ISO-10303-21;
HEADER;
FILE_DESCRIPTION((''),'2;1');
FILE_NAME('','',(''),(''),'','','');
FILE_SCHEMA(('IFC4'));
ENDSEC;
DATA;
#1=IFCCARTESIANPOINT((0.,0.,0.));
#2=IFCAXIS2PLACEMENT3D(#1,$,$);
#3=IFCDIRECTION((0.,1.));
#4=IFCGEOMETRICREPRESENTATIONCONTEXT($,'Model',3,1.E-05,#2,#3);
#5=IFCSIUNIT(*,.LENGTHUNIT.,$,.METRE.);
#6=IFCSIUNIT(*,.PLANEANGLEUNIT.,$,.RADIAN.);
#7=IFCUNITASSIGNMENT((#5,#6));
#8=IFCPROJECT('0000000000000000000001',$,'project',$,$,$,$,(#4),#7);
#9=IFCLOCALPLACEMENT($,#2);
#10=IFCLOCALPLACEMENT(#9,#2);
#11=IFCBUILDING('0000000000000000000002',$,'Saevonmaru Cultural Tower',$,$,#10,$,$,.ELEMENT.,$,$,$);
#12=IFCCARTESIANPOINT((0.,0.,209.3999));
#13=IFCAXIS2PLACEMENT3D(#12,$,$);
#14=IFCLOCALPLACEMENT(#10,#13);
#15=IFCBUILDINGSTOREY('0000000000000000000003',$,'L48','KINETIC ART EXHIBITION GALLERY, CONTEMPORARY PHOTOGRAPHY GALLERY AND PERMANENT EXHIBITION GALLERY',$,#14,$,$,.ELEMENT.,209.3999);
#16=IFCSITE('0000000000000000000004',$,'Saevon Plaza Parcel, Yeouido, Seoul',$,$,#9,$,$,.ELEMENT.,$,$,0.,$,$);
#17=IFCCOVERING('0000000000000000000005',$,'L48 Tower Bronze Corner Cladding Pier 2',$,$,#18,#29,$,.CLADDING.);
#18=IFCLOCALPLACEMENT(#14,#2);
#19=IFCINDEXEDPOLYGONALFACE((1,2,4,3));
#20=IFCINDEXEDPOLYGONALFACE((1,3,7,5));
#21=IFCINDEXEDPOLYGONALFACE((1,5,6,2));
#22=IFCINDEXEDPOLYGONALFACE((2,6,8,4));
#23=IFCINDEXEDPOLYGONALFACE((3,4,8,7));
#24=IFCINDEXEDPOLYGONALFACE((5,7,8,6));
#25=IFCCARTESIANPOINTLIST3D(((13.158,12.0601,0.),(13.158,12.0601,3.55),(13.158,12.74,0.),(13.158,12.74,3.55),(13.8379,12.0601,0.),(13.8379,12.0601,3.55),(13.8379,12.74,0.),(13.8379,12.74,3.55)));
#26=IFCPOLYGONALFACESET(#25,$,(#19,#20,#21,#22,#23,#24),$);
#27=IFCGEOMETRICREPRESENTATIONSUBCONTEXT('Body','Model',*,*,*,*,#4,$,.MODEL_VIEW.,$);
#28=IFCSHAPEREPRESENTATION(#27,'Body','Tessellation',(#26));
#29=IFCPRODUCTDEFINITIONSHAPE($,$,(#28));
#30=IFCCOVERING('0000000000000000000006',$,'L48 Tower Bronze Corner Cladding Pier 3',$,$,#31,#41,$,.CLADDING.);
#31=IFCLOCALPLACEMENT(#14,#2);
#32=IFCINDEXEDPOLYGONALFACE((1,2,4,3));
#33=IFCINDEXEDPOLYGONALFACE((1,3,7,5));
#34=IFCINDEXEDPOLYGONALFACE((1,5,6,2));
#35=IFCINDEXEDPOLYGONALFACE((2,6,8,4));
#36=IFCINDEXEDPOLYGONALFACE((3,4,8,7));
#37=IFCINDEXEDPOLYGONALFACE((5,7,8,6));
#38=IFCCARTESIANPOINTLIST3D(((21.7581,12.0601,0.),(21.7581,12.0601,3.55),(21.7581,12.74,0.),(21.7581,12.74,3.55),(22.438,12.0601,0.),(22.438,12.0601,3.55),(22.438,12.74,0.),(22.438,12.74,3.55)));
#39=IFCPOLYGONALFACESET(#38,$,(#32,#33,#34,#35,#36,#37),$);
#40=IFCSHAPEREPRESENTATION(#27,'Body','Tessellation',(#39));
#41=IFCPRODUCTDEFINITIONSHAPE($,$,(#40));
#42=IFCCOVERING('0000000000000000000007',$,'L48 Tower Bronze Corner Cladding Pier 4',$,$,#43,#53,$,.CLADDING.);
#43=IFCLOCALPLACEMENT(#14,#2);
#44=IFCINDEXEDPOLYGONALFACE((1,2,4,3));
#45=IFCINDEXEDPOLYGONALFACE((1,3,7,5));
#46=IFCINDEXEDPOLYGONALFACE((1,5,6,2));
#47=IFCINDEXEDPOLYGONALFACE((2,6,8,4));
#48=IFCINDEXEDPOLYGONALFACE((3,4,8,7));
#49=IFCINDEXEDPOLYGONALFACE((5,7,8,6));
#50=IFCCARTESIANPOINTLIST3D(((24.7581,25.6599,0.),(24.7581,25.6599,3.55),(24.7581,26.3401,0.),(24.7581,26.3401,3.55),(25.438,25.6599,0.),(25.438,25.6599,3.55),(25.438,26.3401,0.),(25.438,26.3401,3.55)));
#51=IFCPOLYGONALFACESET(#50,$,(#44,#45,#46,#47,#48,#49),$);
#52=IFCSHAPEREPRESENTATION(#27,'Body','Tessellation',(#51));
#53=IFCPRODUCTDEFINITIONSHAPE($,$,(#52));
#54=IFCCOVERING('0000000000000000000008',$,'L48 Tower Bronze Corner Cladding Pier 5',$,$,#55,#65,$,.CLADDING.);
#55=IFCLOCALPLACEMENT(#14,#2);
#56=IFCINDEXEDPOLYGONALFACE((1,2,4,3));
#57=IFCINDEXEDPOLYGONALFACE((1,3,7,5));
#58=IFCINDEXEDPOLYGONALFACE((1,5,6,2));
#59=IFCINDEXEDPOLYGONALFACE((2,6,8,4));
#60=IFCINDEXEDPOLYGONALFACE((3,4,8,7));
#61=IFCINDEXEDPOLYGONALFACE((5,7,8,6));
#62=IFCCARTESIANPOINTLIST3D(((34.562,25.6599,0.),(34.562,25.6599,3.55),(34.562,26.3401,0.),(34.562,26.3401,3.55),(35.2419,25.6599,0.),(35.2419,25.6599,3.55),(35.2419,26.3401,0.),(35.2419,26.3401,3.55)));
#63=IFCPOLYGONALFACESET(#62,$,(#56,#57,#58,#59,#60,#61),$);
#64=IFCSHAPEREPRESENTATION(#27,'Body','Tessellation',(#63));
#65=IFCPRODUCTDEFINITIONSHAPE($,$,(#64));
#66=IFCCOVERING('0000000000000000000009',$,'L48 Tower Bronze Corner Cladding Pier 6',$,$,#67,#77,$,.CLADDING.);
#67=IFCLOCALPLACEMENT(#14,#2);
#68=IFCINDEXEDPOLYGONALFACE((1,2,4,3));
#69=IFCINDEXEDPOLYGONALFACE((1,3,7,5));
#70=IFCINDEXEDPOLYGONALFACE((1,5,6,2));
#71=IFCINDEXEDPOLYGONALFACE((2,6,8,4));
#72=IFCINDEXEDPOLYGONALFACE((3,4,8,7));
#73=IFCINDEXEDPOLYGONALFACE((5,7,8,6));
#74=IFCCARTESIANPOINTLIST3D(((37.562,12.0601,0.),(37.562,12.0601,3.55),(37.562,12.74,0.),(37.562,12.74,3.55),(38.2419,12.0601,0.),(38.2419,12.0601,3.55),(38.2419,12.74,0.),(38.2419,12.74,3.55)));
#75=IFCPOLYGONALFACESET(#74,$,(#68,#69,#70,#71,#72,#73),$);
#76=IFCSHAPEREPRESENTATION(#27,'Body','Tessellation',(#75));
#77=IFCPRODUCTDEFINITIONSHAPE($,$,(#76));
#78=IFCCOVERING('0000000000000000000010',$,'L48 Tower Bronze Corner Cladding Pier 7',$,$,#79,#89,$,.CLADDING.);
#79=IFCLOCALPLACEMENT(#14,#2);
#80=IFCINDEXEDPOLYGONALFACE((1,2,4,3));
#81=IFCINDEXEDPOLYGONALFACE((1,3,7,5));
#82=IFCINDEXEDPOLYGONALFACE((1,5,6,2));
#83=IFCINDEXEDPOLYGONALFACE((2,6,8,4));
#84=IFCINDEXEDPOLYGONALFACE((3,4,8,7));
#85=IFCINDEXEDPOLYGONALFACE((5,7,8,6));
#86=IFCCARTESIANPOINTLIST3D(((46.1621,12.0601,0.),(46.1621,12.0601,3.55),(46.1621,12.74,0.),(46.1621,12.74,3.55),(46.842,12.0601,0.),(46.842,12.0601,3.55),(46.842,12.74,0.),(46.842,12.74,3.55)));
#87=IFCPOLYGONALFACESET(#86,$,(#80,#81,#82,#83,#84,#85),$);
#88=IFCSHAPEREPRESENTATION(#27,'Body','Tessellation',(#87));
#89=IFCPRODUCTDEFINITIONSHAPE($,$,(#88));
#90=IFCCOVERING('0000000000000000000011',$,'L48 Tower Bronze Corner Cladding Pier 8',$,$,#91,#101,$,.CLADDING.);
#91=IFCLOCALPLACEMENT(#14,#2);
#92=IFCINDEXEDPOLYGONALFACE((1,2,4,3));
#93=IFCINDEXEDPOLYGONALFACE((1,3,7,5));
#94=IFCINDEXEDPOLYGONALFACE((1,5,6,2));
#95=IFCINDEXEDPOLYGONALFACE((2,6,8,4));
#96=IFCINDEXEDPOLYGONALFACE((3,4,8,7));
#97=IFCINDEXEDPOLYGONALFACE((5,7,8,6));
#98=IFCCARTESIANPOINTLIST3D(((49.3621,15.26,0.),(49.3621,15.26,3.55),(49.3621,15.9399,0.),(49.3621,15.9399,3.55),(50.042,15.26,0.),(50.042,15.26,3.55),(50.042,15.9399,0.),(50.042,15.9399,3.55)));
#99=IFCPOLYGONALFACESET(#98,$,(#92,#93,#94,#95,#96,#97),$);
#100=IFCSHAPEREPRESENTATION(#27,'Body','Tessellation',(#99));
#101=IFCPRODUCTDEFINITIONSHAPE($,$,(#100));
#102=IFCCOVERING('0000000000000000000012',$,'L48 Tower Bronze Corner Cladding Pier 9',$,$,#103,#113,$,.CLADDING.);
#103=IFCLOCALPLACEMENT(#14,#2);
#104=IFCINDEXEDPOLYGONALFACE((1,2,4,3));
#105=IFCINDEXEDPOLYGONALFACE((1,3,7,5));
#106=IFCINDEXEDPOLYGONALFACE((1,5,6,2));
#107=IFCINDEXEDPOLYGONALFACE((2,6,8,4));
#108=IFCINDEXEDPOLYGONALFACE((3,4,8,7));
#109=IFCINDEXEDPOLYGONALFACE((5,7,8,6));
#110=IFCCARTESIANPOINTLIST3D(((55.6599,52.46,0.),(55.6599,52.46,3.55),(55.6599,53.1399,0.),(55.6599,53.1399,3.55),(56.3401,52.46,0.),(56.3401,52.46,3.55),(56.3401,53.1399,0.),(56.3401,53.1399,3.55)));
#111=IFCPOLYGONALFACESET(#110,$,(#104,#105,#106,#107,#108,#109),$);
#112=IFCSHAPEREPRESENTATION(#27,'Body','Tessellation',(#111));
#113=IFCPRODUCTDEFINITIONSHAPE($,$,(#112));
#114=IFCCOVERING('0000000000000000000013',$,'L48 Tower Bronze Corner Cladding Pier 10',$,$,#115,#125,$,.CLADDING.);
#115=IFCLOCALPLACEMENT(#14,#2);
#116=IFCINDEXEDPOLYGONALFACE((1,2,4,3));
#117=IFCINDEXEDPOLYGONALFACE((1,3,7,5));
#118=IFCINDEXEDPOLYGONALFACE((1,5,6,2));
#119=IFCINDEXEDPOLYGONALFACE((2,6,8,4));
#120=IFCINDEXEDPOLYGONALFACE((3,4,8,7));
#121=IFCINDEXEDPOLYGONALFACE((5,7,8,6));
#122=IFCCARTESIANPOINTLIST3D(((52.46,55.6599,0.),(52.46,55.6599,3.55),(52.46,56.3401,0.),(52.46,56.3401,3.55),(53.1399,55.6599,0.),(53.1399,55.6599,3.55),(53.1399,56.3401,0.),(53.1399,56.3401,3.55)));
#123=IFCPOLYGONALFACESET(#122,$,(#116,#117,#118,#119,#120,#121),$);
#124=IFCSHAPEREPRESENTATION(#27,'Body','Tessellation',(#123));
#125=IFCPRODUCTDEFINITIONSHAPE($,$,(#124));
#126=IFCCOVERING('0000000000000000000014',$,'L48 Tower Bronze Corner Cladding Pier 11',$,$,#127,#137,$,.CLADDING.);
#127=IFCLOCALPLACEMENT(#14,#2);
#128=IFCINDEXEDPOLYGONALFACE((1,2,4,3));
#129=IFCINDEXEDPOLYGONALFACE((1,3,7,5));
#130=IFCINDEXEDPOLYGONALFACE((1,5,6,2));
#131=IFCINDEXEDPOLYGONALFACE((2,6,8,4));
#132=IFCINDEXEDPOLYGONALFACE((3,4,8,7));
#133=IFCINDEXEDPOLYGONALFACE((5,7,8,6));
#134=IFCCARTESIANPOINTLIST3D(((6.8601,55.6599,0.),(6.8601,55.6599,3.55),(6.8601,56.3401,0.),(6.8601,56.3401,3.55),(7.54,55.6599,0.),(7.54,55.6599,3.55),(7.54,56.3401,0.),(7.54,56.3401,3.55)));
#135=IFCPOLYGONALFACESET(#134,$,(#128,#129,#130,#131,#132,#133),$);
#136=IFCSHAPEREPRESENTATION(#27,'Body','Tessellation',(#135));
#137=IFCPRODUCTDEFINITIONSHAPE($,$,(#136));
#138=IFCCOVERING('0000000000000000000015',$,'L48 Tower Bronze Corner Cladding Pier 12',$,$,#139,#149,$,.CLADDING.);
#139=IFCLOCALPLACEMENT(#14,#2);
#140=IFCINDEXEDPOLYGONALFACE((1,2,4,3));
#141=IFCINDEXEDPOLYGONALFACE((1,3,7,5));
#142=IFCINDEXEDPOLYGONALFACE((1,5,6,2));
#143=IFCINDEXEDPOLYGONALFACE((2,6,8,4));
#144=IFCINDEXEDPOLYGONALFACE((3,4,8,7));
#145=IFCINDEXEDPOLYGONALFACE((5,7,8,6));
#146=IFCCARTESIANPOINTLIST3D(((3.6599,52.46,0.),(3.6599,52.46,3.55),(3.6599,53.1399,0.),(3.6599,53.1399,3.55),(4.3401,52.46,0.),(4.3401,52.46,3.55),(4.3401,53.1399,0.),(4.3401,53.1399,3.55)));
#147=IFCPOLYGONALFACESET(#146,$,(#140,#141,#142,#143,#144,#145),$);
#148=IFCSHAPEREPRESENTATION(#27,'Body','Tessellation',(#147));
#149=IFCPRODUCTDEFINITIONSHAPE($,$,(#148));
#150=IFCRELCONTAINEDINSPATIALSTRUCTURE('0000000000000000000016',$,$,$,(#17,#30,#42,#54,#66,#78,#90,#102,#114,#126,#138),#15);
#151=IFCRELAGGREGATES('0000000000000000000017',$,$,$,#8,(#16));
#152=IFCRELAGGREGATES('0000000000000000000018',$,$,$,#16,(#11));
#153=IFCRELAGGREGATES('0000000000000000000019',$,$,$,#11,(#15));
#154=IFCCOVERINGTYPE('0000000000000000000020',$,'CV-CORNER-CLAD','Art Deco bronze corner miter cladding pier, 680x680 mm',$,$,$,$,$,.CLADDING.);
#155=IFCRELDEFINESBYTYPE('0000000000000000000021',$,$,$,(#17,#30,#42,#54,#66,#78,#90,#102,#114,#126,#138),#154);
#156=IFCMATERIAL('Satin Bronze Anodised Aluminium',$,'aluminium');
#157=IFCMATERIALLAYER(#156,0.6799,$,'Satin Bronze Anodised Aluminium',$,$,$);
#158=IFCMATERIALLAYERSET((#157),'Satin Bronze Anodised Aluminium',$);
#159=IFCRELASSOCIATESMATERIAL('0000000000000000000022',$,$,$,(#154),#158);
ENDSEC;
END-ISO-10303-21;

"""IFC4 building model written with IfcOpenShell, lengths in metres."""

from ifc_helpers import new_model, si_unit, direction, frame, origin, place, context, subcontext, project, spatial, polyline, outline, extrude, material, layer, layer_set, type_object, element, save


model = new_model("IFC4")

# Units and contexts
model_context = context("Model", 3, precision=1e-05, world=origin(), true_north=direction((0.0, 1.0)))
body_context = subcontext(model_context, "Body", "Model", "MODEL_VIEW")
ifc_project = project(units=[si_unit("LENGTHUNIT", "METRE"), si_unit("PLANEANGLEUNIT", "RADIAN")], contexts=[model_context])

# Site, building, storey
site_placement = place(None, origin())
site = spatial("IfcSite", under=ifc_project, at=site_placement, Name="Saevon Plaza Parcel, Yeouido, Seoul", CompositionType="ELEMENT", RefElevation=0.0)
building_placement = place(site_placement, origin())
building = spatial("IfcBuilding", under=site, at=building_placement, Name="Saevonmaru Cultural Tower", CompositionType="ELEMENT")
storey_placement = place(building_placement, frame((0.0, 0.0, 209.3999)))
storey = spatial("IfcBuildingStorey", under=building, at=storey_placement, Name="L48", Description="KINETIC ART EXHIBITION GALLERY, CONTEMPORARY PHOTOGRAPHY GALLERY AND PERMANENT EXHIBITION GALLERY", CompositionType="ELEMENT", Elevation=209.3999)

# Shared definitions
ifc_material_1 = material(Name="Satin Bronze Anodised Aluminium", Category="aluminium")

# Coverings
ifc_layer_1 = layer(ifc_material_1, 0.6799, Name="Satin Bronze Anodised Aluminium")
ifc_layer_set_1 = layer_set([ifc_layer_1], Name="Satin Bronze Anodised Aluminium")
covering_type = type_object("IfcCoveringType", Name="CV-CORNER-CLAD", Description="Art Deco bronze corner miter cladding pier, 680x680 mm", PredefinedType="CLADDING", material=ifc_layer_set_1)
covering_1_placement = place(storey_placement, origin())
element("IfcCovering", 1, at=covering_1_placement, inside=storey, type_object=covering_type, Name="L48 Tower Bronze Corner Cladding Pier 2", PredefinedType="CLADDING", context=body_context, shape_type="SweptSolid", body=[
    extrude(outline(polyline([(13.158, 12.0601), (13.8379, 12.0601), (13.8379, 12.74), (13.158, 12.74), (13.158, 12.0601)])), origin(), (0.0, 0.0, 1.0), 3.55),
])
covering_2_placement = place(storey_placement, origin())
element("IfcCovering", 2, at=covering_2_placement, inside=storey, type_object=covering_type, Name="L48 Tower Bronze Corner Cladding Pier 3", PredefinedType="CLADDING", context=body_context, shape_type="SweptSolid", body=[
    extrude(outline(polyline([(21.7581, 12.0601), (22.438, 12.0601), (22.438, 12.74), (21.7581, 12.74), (21.7581, 12.0601)])), origin(), (0.0, 0.0, 1.0), 3.55),
])
covering_3_placement = place(storey_placement, origin())
element("IfcCovering", 3, at=covering_3_placement, inside=storey, type_object=covering_type, Name="L48 Tower Bronze Corner Cladding Pier 4", PredefinedType="CLADDING", context=body_context, shape_type="SweptSolid", body=[
    extrude(outline(polyline([(24.7581, 25.6599), (25.438, 25.6599), (25.438, 26.3401), (24.7581, 26.3401), (24.7581, 25.6599)])), origin(), (0.0, 0.0, 1.0), 3.55),
])
covering_4_placement = place(storey_placement, origin())
element("IfcCovering", 4, at=covering_4_placement, inside=storey, type_object=covering_type, Name="L48 Tower Bronze Corner Cladding Pier 5", PredefinedType="CLADDING", context=body_context, shape_type="SweptSolid", body=[
    extrude(outline(polyline([(34.562, 25.6599), (35.2419, 25.6599), (35.2419, 26.3401), (34.562, 26.3401), (34.562, 25.6599)])), origin(), (0.0, 0.0, 1.0), 3.55),
])
covering_5_placement = place(storey_placement, origin())
element("IfcCovering", 5, at=covering_5_placement, inside=storey, type_object=covering_type, Name="L48 Tower Bronze Corner Cladding Pier 6", PredefinedType="CLADDING", context=body_context, shape_type="SweptSolid", body=[
    extrude(outline(polyline([(37.562, 12.0601), (38.2419, 12.0601), (38.2419, 12.74), (37.562, 12.74), (37.562, 12.0601)])), origin(), (0.0, 0.0, 1.0), 3.55),
])
covering_6_placement = place(storey_placement, origin())
element("IfcCovering", 6, at=covering_6_placement, inside=storey, type_object=covering_type, Name="L48 Tower Bronze Corner Cladding Pier 7", PredefinedType="CLADDING", context=body_context, shape_type="SweptSolid", body=[
    extrude(outline(polyline([(46.1621, 12.0601), (46.842, 12.0601), (46.842, 12.74), (46.1621, 12.74), (46.1621, 12.0601)])), origin(), (0.0, 0.0, 1.0), 3.55),
])
covering_7_placement = place(storey_placement, origin())
element("IfcCovering", 7, at=covering_7_placement, inside=storey, type_object=covering_type, Name="L48 Tower Bronze Corner Cladding Pier 8", PredefinedType="CLADDING", context=body_context, shape_type="SweptSolid", body=[
    extrude(outline(polyline([(49.3621, 15.26), (50.042, 15.26), (50.042, 15.9399), (49.3621, 15.9399), (49.3621, 15.26)])), origin(), (0.0, 0.0, 1.0), 3.55),
])
covering_8_placement = place(storey_placement, origin())
element("IfcCovering", 8, at=covering_8_placement, inside=storey, type_object=covering_type, Name="L48 Tower Bronze Corner Cladding Pier 9", PredefinedType="CLADDING", context=body_context, shape_type="SweptSolid", body=[
    extrude(outline(polyline([(55.6599, 52.46), (56.3401, 52.46), (56.3401, 53.1399), (55.6599, 53.1399), (55.6599, 52.46)])), origin(), (0.0, 0.0, 1.0), 3.55),
])
covering_9_placement = place(storey_placement, origin())
element("IfcCovering", 9, at=covering_9_placement, inside=storey, type_object=covering_type, Name="L48 Tower Bronze Corner Cladding Pier 10", PredefinedType="CLADDING", context=body_context, shape_type="SweptSolid", body=[
    extrude(outline(polyline([(52.46, 55.6599), (53.1399, 55.6599), (53.1399, 56.3401), (52.46, 56.3401), (52.46, 55.6599)])), origin(), (0.0, 0.0, 1.0), 3.55),
])
covering_10_placement = place(storey_placement, origin())
element("IfcCovering", 10, at=covering_10_placement, inside=storey, type_object=covering_type, Name="L48 Tower Bronze Corner Cladding Pier 11", PredefinedType="CLADDING", context=body_context, shape_type="SweptSolid", body=[
    extrude(outline(polyline([(6.8601, 55.6599), (7.54, 55.6599), (7.54, 56.3401), (6.8601, 56.3401), (6.8601, 55.6599)])), origin(), (0.0, 0.0, 1.0), 3.55),
])
covering_11_placement = place(storey_placement, origin())
element("IfcCovering", 11, at=covering_11_placement, inside=storey, type_object=covering_type, Name="L48 Tower Bronze Corner Cladding Pier 12", PredefinedType="CLADDING", context=body_context, shape_type="SweptSolid", body=[
    extrude(outline(polyline([(3.6599, 52.46), (4.3401, 52.46), (4.3401, 53.1399), (3.6599, 53.1399), (3.6599, 52.46)])), origin(), (0.0, 0.0, 1.0), 3.55),
])

save(model, "model.ifc")
